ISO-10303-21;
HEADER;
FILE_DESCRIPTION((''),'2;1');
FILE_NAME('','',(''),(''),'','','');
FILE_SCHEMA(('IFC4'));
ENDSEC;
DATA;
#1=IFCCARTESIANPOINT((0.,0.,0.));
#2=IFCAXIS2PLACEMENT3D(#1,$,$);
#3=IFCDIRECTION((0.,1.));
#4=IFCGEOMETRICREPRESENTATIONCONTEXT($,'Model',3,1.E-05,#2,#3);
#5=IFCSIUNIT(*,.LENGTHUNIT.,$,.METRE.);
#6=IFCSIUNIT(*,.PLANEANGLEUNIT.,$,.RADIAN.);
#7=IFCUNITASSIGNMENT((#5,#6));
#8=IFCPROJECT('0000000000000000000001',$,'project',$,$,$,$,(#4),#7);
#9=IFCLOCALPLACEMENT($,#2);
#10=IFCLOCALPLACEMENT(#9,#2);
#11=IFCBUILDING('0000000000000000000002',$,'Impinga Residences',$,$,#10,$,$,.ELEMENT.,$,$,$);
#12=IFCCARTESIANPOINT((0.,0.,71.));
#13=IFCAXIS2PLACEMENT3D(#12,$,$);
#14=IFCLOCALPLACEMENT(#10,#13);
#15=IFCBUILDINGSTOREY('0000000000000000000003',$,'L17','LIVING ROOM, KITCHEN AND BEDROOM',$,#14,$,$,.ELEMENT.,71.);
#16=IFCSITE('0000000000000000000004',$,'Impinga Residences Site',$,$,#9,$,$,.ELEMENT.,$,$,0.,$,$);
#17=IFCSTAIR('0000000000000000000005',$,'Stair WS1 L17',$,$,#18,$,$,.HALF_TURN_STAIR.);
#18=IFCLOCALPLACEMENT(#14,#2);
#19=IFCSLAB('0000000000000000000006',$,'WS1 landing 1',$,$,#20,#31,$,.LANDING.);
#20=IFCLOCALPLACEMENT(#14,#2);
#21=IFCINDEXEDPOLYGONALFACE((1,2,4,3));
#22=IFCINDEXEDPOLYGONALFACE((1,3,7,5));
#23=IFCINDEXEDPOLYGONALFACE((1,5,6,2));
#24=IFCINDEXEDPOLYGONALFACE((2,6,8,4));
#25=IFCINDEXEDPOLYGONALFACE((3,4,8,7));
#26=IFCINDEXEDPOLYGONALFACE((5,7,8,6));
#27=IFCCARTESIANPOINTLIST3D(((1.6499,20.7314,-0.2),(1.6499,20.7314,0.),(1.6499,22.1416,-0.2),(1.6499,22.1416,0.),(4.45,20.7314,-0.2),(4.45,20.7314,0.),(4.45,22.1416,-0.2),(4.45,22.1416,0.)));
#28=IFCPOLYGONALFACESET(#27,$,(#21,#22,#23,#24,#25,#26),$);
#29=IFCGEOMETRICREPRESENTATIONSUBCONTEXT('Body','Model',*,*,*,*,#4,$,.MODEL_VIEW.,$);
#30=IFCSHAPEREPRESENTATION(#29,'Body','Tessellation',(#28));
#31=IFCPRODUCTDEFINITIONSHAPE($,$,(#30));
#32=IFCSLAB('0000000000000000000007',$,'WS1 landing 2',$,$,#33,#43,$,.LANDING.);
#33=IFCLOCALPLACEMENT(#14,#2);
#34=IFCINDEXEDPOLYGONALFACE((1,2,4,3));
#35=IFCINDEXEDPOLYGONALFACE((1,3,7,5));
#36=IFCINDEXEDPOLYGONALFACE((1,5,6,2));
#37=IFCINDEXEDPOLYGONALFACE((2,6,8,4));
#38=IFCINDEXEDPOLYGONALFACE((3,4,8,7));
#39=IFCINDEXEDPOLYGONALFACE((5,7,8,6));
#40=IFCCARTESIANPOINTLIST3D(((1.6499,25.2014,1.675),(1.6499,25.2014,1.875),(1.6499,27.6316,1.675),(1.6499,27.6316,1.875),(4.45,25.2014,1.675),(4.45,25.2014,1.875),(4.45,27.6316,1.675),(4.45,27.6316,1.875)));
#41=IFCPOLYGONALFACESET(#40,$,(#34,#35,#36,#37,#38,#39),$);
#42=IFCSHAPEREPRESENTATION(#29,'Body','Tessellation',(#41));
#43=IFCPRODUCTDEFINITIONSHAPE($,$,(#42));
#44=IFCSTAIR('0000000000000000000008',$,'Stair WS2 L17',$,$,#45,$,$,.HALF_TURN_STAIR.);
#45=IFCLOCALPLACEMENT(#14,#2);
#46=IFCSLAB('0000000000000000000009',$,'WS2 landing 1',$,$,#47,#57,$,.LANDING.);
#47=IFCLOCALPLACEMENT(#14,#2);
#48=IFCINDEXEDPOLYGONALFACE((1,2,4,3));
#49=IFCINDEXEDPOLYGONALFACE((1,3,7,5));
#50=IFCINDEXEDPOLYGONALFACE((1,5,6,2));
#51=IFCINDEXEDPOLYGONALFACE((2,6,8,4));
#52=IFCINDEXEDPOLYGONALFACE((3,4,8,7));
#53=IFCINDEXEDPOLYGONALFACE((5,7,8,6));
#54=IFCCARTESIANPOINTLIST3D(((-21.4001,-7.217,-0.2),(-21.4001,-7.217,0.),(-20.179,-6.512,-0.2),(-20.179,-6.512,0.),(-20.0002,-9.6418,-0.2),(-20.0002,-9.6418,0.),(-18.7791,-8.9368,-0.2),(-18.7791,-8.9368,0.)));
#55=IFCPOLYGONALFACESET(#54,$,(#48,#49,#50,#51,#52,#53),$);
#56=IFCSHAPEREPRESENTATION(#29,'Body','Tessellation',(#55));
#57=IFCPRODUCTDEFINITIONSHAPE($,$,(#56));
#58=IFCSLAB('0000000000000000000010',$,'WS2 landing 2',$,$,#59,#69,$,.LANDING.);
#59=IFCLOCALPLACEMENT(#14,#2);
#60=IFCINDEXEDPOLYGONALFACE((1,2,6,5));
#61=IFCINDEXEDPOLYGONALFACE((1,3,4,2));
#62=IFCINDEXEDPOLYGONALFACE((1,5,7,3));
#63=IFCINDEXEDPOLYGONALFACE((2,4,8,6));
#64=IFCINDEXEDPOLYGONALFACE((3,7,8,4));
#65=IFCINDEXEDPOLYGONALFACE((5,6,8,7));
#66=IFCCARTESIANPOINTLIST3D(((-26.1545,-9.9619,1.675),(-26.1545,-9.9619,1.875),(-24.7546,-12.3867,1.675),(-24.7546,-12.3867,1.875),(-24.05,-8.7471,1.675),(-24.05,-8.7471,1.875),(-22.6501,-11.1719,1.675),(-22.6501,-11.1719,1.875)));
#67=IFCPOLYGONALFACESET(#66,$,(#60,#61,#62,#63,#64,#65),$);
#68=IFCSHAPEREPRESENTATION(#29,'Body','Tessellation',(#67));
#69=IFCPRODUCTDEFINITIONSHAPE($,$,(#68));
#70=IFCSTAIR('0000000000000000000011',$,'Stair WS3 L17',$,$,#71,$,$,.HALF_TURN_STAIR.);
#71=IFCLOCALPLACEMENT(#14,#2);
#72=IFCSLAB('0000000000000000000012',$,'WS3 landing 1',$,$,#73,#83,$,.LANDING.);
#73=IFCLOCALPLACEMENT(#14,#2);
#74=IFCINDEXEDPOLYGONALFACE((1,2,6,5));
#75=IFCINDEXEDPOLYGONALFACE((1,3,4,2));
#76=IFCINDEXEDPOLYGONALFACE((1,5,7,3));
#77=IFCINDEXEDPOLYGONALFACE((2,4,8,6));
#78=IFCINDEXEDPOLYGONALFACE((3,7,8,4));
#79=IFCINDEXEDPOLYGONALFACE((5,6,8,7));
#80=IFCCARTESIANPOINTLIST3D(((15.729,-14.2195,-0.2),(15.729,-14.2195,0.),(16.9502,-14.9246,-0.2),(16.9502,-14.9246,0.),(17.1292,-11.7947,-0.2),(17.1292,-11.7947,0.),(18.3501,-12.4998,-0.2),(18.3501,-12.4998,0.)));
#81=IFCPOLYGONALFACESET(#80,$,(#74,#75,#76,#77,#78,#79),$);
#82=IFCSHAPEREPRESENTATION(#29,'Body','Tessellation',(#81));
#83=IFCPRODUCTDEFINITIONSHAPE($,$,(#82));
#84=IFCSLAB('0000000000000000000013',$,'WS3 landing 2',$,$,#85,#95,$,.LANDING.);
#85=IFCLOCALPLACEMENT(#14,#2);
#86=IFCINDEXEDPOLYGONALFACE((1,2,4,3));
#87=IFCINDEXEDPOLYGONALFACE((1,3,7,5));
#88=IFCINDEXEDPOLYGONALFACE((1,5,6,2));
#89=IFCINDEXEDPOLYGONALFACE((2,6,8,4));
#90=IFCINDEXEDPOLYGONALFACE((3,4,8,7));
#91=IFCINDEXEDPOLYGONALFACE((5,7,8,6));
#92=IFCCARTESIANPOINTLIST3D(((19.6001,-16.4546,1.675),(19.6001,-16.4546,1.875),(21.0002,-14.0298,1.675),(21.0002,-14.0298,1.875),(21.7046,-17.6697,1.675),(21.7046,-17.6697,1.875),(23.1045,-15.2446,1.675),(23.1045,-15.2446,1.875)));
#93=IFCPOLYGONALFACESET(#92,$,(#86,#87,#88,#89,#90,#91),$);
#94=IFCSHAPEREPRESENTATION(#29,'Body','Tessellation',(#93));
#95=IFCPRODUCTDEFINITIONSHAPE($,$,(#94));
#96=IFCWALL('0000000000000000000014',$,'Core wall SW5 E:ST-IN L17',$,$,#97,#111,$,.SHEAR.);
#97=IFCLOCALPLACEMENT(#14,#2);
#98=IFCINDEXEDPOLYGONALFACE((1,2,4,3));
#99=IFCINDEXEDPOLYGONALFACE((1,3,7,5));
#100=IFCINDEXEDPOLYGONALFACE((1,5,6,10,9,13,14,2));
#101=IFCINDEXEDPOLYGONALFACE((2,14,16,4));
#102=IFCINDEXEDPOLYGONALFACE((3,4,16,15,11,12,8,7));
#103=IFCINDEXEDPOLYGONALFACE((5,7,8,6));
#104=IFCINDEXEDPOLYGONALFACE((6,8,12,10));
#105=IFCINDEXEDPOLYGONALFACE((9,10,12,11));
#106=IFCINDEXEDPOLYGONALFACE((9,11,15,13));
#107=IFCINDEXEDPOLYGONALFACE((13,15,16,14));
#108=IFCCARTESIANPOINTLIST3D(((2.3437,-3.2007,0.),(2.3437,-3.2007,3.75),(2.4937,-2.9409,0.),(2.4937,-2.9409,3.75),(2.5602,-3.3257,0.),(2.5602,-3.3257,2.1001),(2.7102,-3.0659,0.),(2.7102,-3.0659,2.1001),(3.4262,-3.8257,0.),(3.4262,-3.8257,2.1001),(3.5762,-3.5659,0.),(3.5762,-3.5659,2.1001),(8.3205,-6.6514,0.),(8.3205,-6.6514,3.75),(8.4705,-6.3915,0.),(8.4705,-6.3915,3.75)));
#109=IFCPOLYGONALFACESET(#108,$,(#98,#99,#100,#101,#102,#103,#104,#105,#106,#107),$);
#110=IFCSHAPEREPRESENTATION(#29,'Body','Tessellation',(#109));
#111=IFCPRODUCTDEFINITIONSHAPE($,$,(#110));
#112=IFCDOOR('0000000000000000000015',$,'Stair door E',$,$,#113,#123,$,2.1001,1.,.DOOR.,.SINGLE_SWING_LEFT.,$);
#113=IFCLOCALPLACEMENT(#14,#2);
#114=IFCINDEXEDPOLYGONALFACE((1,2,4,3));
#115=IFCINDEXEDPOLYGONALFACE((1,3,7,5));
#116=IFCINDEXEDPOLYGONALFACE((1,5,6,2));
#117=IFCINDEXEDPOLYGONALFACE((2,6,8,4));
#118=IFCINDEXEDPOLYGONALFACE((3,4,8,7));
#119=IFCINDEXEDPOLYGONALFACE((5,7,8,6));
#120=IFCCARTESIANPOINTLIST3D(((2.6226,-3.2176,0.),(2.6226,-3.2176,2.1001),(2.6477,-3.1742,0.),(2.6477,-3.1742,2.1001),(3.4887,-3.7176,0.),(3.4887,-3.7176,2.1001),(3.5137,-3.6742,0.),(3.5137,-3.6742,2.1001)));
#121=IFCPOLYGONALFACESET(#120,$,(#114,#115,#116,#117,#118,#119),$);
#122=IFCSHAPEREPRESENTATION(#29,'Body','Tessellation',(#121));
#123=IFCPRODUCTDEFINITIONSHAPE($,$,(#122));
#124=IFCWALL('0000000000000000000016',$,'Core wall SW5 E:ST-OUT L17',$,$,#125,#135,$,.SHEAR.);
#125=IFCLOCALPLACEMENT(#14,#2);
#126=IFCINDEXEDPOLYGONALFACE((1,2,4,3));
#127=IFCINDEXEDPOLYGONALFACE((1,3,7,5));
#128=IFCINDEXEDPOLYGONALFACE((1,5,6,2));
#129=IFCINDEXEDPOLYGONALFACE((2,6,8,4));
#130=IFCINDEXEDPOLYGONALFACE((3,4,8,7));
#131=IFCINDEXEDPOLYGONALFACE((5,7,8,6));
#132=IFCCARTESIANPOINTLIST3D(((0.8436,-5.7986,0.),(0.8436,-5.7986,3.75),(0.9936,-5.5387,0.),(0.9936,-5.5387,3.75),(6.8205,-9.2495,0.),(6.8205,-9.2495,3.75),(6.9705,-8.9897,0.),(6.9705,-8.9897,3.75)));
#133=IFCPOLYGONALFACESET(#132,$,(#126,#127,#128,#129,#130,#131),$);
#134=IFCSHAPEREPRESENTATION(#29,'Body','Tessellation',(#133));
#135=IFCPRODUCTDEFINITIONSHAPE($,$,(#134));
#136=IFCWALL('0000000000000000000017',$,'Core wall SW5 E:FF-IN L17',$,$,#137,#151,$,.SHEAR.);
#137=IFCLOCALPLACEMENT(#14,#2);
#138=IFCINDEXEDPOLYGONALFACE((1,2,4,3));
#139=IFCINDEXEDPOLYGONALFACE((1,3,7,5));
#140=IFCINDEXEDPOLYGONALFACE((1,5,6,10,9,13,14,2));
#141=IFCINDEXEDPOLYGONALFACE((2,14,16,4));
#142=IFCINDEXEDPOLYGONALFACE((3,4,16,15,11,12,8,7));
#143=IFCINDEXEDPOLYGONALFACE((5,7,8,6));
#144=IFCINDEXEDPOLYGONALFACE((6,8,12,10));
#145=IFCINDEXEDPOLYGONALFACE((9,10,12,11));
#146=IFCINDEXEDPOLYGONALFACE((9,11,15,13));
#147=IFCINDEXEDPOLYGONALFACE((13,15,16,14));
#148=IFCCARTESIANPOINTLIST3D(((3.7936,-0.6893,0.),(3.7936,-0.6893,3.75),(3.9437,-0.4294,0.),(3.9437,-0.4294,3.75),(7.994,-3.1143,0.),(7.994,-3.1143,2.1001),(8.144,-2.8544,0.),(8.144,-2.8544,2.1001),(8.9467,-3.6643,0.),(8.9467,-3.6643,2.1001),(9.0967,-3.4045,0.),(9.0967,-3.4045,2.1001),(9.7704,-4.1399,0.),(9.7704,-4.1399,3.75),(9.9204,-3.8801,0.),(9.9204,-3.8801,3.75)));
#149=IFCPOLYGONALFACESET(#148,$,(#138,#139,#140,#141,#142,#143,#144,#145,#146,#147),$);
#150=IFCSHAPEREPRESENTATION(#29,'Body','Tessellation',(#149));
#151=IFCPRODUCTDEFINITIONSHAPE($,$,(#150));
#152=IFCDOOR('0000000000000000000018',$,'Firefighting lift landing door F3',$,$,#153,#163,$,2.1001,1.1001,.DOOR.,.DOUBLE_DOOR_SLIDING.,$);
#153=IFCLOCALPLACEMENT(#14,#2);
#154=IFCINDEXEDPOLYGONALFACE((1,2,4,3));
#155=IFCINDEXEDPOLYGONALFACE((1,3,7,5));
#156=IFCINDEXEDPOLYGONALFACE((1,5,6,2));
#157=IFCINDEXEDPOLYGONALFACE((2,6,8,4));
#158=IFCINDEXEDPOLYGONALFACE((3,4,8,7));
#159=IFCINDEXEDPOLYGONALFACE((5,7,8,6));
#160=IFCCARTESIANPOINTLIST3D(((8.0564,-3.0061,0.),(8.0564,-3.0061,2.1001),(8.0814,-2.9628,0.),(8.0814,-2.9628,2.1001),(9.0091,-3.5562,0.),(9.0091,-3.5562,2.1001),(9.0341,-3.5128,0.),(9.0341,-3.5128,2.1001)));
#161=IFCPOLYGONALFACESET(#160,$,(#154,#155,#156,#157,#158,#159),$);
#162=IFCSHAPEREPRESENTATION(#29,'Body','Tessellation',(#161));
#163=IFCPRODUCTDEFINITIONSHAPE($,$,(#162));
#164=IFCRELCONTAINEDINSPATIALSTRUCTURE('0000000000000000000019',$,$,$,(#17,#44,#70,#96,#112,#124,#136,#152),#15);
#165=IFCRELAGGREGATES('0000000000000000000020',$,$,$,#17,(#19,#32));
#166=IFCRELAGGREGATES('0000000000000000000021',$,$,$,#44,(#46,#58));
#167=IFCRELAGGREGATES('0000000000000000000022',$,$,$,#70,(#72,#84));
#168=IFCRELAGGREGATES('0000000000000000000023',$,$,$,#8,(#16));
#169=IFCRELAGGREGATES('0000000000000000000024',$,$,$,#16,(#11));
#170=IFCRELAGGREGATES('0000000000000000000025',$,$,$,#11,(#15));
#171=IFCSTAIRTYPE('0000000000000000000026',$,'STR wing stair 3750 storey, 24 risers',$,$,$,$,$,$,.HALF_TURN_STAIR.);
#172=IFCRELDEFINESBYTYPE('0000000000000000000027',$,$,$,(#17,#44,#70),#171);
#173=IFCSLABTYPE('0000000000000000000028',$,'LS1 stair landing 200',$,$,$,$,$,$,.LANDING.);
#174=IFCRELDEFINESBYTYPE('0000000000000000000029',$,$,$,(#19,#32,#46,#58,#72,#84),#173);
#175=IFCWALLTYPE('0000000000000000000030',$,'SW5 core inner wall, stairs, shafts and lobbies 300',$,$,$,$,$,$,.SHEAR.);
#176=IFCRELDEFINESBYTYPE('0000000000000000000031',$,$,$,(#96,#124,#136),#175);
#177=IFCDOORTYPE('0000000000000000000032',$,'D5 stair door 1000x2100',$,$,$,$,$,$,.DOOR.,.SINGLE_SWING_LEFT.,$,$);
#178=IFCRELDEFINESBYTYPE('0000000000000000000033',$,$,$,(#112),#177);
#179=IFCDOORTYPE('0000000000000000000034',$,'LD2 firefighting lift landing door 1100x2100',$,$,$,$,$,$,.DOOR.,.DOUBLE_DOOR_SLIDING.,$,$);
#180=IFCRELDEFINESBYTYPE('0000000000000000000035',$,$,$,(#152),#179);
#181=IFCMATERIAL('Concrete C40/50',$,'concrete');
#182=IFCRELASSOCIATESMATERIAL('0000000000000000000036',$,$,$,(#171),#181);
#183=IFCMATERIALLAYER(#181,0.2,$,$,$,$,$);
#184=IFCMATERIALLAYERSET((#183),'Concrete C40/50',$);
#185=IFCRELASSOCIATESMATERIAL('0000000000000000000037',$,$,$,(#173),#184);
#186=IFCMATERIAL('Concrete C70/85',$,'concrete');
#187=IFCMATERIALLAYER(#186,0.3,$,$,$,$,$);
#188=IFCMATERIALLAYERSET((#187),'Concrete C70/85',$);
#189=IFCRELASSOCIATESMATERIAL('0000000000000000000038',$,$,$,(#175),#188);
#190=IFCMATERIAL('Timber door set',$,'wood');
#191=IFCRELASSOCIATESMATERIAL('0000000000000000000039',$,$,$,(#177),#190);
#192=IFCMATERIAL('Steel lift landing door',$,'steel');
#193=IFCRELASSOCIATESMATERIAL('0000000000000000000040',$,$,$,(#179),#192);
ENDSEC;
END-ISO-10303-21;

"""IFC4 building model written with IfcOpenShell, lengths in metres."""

from ifc_helpers import new_model, si_unit, direction, frame, frame_2d, origin, place, context, subcontext, project, spatial, polyline, rectangle, outline, extrude, material, layer, layer_set, type_object, element, fill, aggregate, save


model = new_model("IFC4")

# Units and contexts
model_context = context("Model", 3, precision=1e-05, world=origin(), true_north=direction((0.0, 1.0)))
body_context = subcontext(model_context, "Body", "Model", "MODEL_VIEW")
ifc_project = project(units=[si_unit("LENGTHUNIT", "METRE"), si_unit("PLANEANGLEUNIT", "RADIAN")], contexts=[model_context])

# Site, building, storey
site_placement = place(None, origin())
site = spatial("IfcSite", under=ifc_project, at=site_placement, Name="Impinga Residences Site", CompositionType="ELEMENT", RefElevation=0.0)
building_placement = place(site_placement, origin())
building = spatial("IfcBuilding", under=site, at=building_placement, Name="Impinga Residences", CompositionType="ELEMENT")
storey_placement = place(building_placement, frame((0.0, 0.0, 71.0)))
storey = spatial("IfcBuildingStorey", under=building, at=storey_placement, Name="L17", Description="LIVING ROOM, KITCHEN AND BEDROOM", CompositionType="ELEMENT", Elevation=71.0)

# Stairs, slabs
ifc_material_1 = material(Name="Concrete C40/50", Category="concrete")
stair_type_1 = type_object("IfcStairType", Name="STR wing stair 3750 storey, 24 risers", PredefinedType="HALF_TURN_STAIR", material=ifc_material_1)
stair_1_placement = place(storey_placement, origin())
stair_1 = element("IfcStair", 1, at=stair_1_placement, inside=storey, type_object=stair_type_1, Name="Stair WS1 L17", PredefinedType="HALF_TURN_STAIR")
ifc_layer_1 = layer(ifc_material_1, 0.2)
ifc_layer_set_1 = layer_set([ifc_layer_1], Name="Concrete C40/50")
slab_type = type_object("IfcSlabType", Name="LS1 stair landing 200", PredefinedType="LANDING", material=ifc_layer_set_1)
slab_1_placement = place(storey_placement, frame((0.0, 0.0, -0.2)))
slab_1 = element("IfcSlab", 2, at=slab_1_placement, type_object=slab_type, Name="WS1 landing 1", PredefinedType="LANDING", context=body_context, shape_type="SweptSolid", body=[
    extrude(outline(polyline([(1.6499, 20.7314), (4.45, 20.7314), (4.45, 22.1416), (1.6499, 22.1416), (1.6499, 20.7314)])), origin(), (0.0, 0.0, 1.0), 0.2),
])
slab_2_placement = place(storey_placement, frame((0.0, 0.0, 1.675)))
slab_2 = element("IfcSlab", 3, at=slab_2_placement, type_object=slab_type, Name="WS1 landing 2", PredefinedType="LANDING", context=body_context, shape_type="SweptSolid", body=[
    extrude(outline(polyline([(1.6499, 25.2014), (4.45, 25.2014), (4.45, 27.6316), (1.6499, 27.6316), (1.6499, 25.2014)])), origin(), (0.0, 0.0, 1.0), 0.2),
])
aggregate(stair_1, [slab_1, slab_2])
stair_2_placement = place(storey_placement, origin())
stair_2 = element("IfcStair", 4, at=stair_2_placement, inside=storey, type_object=stair_type_1, Name="Stair WS2 L17", PredefinedType="HALF_TURN_STAIR")
slab_3_placement = place(storey_placement, frame((0.0, 0.0, -0.2)))
slab_3 = element("IfcSlab", 5, at=slab_3_placement, type_object=slab_type, Name="WS2 landing 1", PredefinedType="LANDING", context=body_context, shape_type="SweptSolid", body=[
    extrude(outline(polyline([(-18.7791, -8.9368), (-20.179, -6.512), (-21.4001, -7.217), (-20.0002, -9.6418), (-18.7791, -8.9368)])), origin(), (0.0, 0.0, 1.0), 0.2),
])
slab_4_placement = place(storey_placement, frame((0.0, 0.0, 1.675)))
slab_4 = element("IfcSlab", 6, at=slab_4_placement, type_object=slab_type, Name="WS2 landing 2", PredefinedType="LANDING", context=body_context, shape_type="SweptSolid", body=[
    extrude(outline(polyline([(-22.6501, -11.1719), (-24.05, -8.7471), (-26.1545, -9.9619), (-24.7546, -12.3867), (-22.6501, -11.1719)])), origin(), (0.0, 0.0, 1.0), 0.2),
])
aggregate(stair_2, [slab_3, slab_4])
stair_3_placement = place(storey_placement, origin())
stair_3 = element("IfcStair", 7, at=stair_3_placement, inside=storey, type_object=stair_type_1, Name="Stair WS3 L17", PredefinedType="HALF_TURN_STAIR")
slab_5_placement = place(storey_placement, frame((0.0, 0.0, -0.2)))
slab_5 = element("IfcSlab", 8, at=slab_5_placement, type_object=slab_type, Name="WS3 landing 1", PredefinedType="LANDING", context=body_context, shape_type="SweptSolid", body=[
    extrude(outline(polyline([(17.1292, -11.7947), (15.729, -14.2195), (16.9502, -14.9246), (18.3501, -12.4998), (17.1292, -11.7947)])), origin(), (0.0, 0.0, 1.0), 0.2),
])
slab_6_placement = place(storey_placement, frame((0.0, 0.0, 1.675)))
slab_6 = element("IfcSlab", 9, at=slab_6_placement, type_object=slab_type, Name="WS3 landing 2", PredefinedType="LANDING", context=body_context, shape_type="SweptSolid", body=[
    extrude(outline(polyline([(21.0002, -14.0298), (19.6001, -16.4546), (21.7046, -17.6697), (23.1045, -15.2446), (21.0002, -14.0298)])), origin(), (0.0, 0.0, 1.0), 0.2),
])
aggregate(stair_3, [slab_5, slab_6])

# Wall, opening, door
ifc_material_2 = material(Name="Concrete C70/85", Category="concrete")
ifc_layer_2 = layer(ifc_material_2, 0.3)
ifc_layer_set_2 = layer_set([ifc_layer_2], Name="Concrete C70/85")
wall_type = type_object("IfcWallType", Name="SW5 core inner wall, stairs, shafts and lobbies 300", PredefinedType="SHEAR", material=ifc_layer_set_2)
wall_1_placement = place(storey_placement, frame((2.4187, -3.0708, 0.0), z_axis=(0.0, 0.0, 1.0), x_axis=(0.866027, -0.499997, 0.0)))
wall_1 = element("IfcWall", 10, at=wall_1_placement, inside=storey, type_object=wall_type, Name="Core wall SW5 E:ST-IN L17", PredefinedType="SHEAR", context=body_context, shape_type="SweptSolid", body=[
    extrude(rectangle(XDim=6.9014, YDim=0.3, at=frame_2d((3.4507, 0.0))), origin(), (0.0, 0.0, 1.0), 3.75),
])
opening_1_placement = place(wall_1_placement, frame((0.25, 0.0, 0.0)))
opening_1 = element("IfcOpeningElement", 11, at=opening_1_placement, cuts=wall_1, PredefinedType="OPENING", context=body_context, shape_type="SweptSolid", body=[
    extrude(rectangle(XDim=1.0, YDim=2.1001, at=frame_2d((0.5, 1.05))), frame((0.0, 0.1599, 0.0), z_axis=(0.0, -1.0, 0.0), x_axis=(1.0, 0.0, 0.0)), (0.0, 0.0, 1.0), 0.3201),
])
ifc_material_3 = material(Name="Timber door set", Category="wood")
door_type_1 = type_object("IfcDoorType", Name="D5 stair door 1000x2100", OperationType="SINGLE_SWING_LEFT", PredefinedType="DOOR", material=ifc_material_3)
door_1_placement = place(opening_1_placement, origin())
door_1 = element("IfcDoor", 12, at=door_1_placement, inside=storey, type_object=door_type_1, Name="Stair door E", OperationType="SINGLE_SWING_LEFT", OverallHeight=2.1001, OverallWidth=1.0, PredefinedType="DOOR", context=body_context, shape_type="SweptSolid", body=[
    extrude(rectangle(XDim=1.0, YDim=2.1001, at=frame_2d((0.5, 1.05))), frame((0.0, 0.0249, 0.0), z_axis=(0.0, -1.0, 0.0), x_axis=(1.0, 0.0, 0.0)), (0.0, 0.0, 1.0), 0.05),
])
fill(opening_1, door_1)

# Wall
wall_2_placement = place(storey_placement, frame((0.9187, -5.6687, 0.0), z_axis=(0.0, 0.0, 1.0), x_axis=(0.866012, -0.500024, 0.0)))
element("IfcWall", 13, at=wall_2_placement, inside=storey, type_object=wall_type, Name="Core wall SW5 E:ST-OUT L17", PredefinedType="SHEAR", context=body_context, shape_type="SweptSolid", body=[
    extrude(rectangle(XDim=6.9016, YDim=0.3, at=frame_2d((3.4507, 0.0))), origin(), (0.0, 0.0, 1.0), 3.75),
])

# Wall, opening, door
wall_3_placement = place(storey_placement, frame((3.8687, -0.5593, 0.0), z_axis=(0.0, 0.0, 1.0), x_axis=(0.866027, -0.499997, 0.0)))
wall_3 = element("IfcWall", 14, at=wall_3_placement, inside=storey, type_object=wall_type, Name="Core wall SW5 E:FF-IN L17", PredefinedType="SHEAR", context=body_context, shape_type="SweptSolid", body=[
    extrude(rectangle(XDim=6.9014, YDim=0.3, at=frame_2d((3.4507, 0.0))), origin(), (0.0, 0.0, 1.0), 3.75),
])
opening_2_placement = place(wall_3_placement, frame((4.8501, 0.0, 0.0)))
opening_2 = element("IfcOpeningElement", 15, at=opening_2_placement, cuts=wall_3, PredefinedType="OPENING", context=body_context, shape_type="SweptSolid", body=[
    extrude(rectangle(XDim=1.1001, YDim=2.1001, at=frame_2d((0.55, 1.05))), frame((0.0, 0.1599, 0.0), z_axis=(0.0, -1.0, 0.0), x_axis=(1.0, 0.0, 0.0)), (0.0, 0.0, 1.0), 0.3201),
])
ifc_material_4 = material(Name="Steel lift landing door", Category="steel")
door_type_2 = type_object("IfcDoorType", Name="LD2 firefighting lift landing door 1100x2100", OperationType="DOUBLE_DOOR_SLIDING", PredefinedType="DOOR", material=ifc_material_4)
door_2_placement = place(opening_2_placement, origin())
door_2 = element("IfcDoor", 16, at=door_2_placement, inside=storey, type_object=door_type_2, Name="Firefighting lift landing door F3", OperationType="DOUBLE_DOOR_SLIDING", OverallHeight=2.1001, OverallWidth=1.1001, PredefinedType="DOOR", context=body_context, shape_type="SweptSolid", body=[
    extrude(rectangle(XDim=1.1001, YDim=2.1001, at=frame_2d((0.55, 1.05))), frame((0.0, 0.0249, 0.0), z_axis=(0.0, -1.0, 0.0), x_axis=(1.0, 0.0, 0.0)), (0.0, 0.0, 1.0), 0.05),
])
fill(opening_2, door_2)

save(model, "model.ifc")
